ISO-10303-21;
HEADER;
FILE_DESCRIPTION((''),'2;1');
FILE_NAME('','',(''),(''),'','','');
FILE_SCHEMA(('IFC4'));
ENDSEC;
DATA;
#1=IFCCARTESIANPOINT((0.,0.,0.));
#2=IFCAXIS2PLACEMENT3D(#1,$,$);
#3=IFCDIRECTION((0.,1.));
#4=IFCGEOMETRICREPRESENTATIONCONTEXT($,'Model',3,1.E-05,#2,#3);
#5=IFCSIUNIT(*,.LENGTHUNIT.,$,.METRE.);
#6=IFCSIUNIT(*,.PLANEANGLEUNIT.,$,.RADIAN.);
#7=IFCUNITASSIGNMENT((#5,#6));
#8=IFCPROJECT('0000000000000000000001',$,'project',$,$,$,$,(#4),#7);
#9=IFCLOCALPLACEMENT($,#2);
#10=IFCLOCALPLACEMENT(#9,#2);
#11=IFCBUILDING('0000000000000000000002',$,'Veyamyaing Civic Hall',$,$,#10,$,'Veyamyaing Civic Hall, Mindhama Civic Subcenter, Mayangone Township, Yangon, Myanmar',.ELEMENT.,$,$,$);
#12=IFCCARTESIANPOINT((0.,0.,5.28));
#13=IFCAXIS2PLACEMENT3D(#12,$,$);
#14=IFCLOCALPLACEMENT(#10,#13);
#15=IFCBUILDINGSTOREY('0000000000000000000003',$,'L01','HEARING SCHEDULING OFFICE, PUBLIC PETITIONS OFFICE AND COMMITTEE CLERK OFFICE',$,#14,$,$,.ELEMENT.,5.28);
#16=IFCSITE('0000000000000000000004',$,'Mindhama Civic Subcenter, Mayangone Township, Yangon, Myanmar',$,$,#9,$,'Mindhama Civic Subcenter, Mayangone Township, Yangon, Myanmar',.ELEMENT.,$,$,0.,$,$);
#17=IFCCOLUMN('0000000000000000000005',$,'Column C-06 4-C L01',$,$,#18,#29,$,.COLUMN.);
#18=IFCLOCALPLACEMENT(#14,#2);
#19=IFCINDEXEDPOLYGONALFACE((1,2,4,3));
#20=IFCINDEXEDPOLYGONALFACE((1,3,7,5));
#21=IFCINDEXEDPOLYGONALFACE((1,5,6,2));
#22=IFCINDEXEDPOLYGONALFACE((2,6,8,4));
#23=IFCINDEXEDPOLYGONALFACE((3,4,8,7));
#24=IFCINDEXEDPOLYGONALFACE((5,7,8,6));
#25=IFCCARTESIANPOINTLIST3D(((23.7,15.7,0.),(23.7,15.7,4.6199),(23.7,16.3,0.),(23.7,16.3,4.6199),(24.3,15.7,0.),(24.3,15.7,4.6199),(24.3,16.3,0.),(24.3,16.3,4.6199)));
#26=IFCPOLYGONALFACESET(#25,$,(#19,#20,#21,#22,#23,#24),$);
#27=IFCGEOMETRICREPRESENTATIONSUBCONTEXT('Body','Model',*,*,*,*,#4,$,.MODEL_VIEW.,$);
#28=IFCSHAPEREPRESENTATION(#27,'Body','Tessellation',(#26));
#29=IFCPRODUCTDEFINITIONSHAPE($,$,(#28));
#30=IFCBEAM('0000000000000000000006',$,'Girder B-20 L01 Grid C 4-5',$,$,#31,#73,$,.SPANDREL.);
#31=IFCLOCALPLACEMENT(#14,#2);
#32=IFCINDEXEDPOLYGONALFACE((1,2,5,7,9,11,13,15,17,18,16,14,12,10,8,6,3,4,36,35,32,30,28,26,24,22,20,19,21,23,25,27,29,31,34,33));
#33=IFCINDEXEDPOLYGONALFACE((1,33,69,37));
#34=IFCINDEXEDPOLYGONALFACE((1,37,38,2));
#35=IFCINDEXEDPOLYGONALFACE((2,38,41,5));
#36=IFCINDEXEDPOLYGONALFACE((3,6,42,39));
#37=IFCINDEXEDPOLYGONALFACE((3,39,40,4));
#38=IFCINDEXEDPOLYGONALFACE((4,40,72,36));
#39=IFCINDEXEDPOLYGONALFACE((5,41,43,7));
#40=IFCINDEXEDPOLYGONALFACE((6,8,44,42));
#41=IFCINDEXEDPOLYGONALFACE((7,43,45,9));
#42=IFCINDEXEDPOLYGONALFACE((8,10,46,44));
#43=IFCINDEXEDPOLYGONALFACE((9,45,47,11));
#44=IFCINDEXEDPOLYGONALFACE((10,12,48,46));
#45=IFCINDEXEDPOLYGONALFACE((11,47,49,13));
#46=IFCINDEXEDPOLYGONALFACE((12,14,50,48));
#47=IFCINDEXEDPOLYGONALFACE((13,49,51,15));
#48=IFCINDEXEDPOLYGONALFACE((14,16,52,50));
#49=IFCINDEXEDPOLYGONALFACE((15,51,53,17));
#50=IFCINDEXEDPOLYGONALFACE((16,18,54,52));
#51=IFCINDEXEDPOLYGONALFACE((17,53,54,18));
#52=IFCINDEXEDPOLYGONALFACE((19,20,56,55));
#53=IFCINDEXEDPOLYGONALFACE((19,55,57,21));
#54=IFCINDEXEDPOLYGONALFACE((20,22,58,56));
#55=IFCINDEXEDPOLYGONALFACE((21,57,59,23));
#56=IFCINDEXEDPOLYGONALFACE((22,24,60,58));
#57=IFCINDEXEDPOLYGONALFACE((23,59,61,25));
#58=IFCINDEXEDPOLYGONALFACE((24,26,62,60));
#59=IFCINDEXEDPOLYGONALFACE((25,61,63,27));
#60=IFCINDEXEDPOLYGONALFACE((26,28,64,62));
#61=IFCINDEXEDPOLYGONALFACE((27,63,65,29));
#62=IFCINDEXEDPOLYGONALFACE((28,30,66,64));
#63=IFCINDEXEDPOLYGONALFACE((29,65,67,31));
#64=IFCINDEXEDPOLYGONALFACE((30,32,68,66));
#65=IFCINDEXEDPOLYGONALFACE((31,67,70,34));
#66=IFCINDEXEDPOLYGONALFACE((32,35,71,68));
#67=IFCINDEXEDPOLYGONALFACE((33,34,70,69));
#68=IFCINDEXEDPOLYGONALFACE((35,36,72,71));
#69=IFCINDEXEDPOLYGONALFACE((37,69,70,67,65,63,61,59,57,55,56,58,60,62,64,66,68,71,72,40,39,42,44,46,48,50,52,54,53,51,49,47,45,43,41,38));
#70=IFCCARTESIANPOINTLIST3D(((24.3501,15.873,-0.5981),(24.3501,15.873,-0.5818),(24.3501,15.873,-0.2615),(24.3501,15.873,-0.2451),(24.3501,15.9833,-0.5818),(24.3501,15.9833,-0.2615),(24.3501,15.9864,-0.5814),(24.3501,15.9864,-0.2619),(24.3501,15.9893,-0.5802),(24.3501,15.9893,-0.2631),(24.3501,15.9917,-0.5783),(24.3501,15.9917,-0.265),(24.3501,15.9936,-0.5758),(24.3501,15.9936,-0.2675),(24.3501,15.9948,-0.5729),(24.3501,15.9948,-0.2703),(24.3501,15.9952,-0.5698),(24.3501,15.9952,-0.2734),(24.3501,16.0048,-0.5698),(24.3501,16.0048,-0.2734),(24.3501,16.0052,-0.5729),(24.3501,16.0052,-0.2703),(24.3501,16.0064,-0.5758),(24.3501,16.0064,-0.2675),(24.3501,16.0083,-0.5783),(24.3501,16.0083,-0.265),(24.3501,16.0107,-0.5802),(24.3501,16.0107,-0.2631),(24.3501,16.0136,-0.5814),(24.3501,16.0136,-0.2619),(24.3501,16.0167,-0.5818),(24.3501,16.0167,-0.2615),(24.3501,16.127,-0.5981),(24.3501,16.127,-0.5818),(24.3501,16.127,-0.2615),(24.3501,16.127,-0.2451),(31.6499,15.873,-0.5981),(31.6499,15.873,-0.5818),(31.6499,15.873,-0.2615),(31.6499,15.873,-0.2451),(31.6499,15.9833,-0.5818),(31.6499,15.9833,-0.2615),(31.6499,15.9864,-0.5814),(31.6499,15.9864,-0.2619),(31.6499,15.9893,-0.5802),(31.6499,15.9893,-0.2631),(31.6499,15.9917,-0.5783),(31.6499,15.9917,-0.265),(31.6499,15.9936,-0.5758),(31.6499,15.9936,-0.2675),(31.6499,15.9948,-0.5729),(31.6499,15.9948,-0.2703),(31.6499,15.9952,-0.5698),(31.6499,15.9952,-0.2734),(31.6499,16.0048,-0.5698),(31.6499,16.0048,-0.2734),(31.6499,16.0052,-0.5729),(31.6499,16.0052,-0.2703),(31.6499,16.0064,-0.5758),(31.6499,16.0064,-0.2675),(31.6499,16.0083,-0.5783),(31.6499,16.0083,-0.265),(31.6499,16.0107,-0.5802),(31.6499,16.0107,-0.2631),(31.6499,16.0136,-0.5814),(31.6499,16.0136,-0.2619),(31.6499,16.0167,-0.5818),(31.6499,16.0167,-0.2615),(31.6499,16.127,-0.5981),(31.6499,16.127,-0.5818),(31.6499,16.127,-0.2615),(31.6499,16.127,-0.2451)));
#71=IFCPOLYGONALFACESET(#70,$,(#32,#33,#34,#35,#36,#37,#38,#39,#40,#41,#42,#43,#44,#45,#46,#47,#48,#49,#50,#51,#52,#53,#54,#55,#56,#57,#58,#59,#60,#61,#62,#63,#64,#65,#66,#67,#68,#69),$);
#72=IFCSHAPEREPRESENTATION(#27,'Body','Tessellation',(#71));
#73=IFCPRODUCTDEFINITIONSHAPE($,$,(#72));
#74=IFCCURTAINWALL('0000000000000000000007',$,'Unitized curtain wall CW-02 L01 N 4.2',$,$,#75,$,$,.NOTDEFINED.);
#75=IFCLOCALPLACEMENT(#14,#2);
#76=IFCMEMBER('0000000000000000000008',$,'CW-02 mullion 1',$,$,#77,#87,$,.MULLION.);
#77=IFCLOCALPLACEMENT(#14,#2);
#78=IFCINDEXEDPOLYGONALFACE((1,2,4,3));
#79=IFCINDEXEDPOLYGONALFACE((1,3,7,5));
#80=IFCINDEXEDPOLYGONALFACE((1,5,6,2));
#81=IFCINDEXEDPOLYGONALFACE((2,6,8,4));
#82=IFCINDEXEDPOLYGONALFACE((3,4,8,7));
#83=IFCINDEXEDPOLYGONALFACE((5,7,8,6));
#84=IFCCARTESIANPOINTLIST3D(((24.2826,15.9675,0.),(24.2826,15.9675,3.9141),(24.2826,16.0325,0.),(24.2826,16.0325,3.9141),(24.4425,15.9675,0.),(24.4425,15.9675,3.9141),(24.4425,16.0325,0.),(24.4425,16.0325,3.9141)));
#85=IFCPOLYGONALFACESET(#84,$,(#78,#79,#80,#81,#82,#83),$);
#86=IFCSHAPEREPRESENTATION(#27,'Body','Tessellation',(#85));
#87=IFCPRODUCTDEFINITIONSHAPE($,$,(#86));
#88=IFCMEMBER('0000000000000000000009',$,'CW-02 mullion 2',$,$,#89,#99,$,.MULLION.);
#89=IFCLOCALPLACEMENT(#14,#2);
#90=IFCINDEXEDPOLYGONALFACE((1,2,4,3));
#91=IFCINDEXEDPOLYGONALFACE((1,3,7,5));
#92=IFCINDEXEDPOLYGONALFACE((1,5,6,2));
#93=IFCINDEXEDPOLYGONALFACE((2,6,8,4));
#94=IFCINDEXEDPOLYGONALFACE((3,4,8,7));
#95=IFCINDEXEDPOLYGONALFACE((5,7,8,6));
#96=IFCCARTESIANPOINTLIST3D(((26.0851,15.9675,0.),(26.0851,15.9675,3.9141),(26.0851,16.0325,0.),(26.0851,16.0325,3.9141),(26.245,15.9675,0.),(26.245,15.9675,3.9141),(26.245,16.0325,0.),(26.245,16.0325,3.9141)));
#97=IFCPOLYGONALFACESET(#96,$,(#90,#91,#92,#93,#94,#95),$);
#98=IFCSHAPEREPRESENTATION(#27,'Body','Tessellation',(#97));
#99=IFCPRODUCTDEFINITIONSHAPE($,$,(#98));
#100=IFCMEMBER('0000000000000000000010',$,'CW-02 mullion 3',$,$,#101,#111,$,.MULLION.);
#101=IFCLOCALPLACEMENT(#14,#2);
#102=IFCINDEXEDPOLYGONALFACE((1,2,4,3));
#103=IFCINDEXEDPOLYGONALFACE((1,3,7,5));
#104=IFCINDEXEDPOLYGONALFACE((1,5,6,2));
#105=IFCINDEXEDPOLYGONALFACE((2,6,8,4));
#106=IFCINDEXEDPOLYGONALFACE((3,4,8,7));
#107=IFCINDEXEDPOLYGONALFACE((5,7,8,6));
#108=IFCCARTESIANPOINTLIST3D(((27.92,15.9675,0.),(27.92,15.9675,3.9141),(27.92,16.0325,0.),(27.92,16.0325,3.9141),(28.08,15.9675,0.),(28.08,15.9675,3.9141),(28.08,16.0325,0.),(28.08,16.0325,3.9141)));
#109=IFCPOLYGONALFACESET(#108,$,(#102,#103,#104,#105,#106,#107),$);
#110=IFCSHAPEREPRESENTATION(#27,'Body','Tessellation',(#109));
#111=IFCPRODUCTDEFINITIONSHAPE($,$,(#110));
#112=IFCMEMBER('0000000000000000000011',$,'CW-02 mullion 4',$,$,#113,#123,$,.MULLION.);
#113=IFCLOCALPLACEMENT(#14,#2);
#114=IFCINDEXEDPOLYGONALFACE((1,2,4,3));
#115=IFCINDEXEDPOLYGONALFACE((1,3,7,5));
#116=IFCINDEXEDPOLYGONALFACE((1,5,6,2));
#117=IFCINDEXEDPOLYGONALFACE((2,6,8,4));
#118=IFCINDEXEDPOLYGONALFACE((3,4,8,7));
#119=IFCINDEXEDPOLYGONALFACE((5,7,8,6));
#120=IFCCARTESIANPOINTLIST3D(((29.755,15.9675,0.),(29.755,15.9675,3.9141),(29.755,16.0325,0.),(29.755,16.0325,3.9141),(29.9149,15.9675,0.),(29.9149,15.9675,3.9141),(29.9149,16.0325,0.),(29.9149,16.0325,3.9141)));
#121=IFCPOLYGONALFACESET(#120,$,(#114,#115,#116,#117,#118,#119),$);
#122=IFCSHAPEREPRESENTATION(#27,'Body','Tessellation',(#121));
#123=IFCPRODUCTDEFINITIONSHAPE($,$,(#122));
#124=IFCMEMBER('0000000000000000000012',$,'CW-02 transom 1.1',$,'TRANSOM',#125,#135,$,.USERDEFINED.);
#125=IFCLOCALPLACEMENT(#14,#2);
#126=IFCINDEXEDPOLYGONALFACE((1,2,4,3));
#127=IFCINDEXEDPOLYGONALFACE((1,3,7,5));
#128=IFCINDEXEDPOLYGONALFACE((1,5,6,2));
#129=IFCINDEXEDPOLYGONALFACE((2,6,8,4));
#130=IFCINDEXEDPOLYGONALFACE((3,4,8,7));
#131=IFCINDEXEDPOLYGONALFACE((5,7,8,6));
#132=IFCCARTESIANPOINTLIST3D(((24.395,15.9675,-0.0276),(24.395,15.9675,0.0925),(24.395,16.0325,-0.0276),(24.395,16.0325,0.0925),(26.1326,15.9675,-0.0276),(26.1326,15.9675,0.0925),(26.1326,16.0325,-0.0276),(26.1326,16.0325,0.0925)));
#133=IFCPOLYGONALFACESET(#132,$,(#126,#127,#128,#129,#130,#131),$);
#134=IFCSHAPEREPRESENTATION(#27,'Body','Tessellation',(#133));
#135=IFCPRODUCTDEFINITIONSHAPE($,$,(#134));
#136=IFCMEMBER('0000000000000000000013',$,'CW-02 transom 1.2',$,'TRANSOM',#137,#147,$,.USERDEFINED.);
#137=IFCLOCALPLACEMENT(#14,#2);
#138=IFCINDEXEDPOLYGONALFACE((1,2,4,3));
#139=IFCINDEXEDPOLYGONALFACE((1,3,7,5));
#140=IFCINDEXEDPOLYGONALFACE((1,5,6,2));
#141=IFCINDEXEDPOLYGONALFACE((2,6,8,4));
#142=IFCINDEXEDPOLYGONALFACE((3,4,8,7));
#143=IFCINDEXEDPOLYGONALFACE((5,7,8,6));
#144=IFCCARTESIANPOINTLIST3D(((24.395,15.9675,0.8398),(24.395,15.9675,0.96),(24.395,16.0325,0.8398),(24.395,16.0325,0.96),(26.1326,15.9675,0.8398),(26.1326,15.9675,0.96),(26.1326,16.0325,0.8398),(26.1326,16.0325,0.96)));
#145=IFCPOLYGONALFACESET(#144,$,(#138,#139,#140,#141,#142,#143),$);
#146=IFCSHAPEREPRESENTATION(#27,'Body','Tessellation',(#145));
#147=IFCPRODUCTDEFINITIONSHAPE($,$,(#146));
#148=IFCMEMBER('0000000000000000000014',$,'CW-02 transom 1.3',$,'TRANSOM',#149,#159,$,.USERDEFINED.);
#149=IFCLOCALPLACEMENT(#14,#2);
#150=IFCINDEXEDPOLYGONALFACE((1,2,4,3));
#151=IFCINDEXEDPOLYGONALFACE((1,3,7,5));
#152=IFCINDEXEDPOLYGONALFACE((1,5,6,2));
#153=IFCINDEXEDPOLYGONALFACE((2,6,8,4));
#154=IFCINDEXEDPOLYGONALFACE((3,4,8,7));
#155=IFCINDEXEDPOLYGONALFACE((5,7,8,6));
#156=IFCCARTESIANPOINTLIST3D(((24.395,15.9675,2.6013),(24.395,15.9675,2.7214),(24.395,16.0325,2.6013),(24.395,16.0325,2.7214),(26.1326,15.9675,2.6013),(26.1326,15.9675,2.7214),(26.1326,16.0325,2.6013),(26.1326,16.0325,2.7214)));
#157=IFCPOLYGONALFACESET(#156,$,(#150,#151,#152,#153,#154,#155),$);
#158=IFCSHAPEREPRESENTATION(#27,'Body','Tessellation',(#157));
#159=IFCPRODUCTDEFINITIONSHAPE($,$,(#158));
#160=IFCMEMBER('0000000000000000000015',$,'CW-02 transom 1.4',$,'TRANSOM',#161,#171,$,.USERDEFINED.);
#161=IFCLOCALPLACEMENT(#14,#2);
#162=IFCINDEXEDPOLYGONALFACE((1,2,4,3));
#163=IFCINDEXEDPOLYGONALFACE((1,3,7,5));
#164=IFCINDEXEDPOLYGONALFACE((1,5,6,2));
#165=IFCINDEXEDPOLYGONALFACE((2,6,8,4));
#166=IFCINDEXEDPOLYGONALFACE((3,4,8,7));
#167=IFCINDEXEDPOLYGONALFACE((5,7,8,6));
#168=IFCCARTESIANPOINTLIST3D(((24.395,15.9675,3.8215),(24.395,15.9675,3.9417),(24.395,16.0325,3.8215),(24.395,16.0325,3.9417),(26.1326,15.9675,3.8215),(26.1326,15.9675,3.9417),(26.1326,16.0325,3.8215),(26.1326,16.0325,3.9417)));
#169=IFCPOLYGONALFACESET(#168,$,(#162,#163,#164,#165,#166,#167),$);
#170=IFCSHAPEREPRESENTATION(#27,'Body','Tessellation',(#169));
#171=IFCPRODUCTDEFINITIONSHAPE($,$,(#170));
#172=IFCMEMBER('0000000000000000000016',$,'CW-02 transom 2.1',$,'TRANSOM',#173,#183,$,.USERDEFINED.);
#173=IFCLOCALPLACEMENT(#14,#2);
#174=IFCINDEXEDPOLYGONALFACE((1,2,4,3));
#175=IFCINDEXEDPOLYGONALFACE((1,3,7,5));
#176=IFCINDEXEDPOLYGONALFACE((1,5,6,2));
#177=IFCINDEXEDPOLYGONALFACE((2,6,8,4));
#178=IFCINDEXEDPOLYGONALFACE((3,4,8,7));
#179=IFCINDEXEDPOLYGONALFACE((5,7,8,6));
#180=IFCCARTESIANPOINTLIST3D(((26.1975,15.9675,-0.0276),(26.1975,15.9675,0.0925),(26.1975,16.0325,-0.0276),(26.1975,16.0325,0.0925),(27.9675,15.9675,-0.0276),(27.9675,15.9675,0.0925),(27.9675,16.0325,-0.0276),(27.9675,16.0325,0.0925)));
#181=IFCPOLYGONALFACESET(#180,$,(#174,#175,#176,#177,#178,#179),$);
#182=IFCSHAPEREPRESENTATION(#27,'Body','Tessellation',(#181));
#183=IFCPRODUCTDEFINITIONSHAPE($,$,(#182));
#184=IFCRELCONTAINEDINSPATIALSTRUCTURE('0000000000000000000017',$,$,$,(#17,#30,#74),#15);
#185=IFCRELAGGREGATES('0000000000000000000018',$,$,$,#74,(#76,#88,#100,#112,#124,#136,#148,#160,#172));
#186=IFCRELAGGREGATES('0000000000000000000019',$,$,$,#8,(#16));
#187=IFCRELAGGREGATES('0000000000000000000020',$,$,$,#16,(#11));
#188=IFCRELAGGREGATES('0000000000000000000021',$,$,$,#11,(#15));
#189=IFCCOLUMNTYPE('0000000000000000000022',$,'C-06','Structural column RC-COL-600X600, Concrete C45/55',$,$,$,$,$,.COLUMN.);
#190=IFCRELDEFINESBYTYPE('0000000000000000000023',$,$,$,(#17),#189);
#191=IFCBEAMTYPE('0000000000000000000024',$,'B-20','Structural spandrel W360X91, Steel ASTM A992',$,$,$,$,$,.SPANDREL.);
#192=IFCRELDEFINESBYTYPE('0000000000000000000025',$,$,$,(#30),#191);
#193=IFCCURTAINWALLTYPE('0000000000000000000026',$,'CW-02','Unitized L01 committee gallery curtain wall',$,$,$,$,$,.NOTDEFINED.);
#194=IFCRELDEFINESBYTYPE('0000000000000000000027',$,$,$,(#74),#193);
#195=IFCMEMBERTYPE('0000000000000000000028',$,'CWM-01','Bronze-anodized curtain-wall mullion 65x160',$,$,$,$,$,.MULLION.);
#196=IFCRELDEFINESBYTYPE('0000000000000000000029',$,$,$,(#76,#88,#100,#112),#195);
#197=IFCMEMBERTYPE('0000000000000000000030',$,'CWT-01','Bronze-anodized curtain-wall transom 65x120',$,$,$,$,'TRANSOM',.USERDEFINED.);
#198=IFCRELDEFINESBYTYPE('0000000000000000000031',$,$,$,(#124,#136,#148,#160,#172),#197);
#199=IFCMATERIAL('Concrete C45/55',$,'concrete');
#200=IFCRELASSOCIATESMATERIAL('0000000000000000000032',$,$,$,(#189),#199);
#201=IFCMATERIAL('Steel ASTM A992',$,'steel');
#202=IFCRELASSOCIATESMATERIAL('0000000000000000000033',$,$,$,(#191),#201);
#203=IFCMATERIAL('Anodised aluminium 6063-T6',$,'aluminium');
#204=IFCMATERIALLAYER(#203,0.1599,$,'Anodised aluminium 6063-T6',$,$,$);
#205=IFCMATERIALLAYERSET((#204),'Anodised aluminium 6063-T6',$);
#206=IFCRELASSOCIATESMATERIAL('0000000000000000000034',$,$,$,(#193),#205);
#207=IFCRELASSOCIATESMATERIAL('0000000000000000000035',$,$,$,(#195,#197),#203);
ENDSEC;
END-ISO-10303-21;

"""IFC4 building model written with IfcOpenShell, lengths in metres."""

from ifc_helpers import new_model, si_unit, direction, frame, origin, origin_2d, place, context, subcontext, project, spatial, rectangle, i_section, extrude, material, layer, layer_set, material_profile, profile_set, type_object, element, aggregate, save


model = new_model("IFC4")

# Units and contexts
model_context = context("Model", 3, precision=1e-05, world=origin(), true_north=direction((0.0, 1.0)))
body_context = subcontext(model_context, "Body", "Model", "MODEL_VIEW")
ifc_project = project(units=[si_unit("LENGTHUNIT", "METRE"), si_unit("PLANEANGLEUNIT", "RADIAN")], contexts=[model_context])

# Site, building, storey
site_placement = place(None, origin())
site = spatial("IfcSite", under=ifc_project, at=site_placement, Name="Mindhama Civic Subcenter, Mayangone Township, Yangon, Myanmar", LongName="Mindhama Civic Subcenter, Mayangone Township, Yangon, Myanmar", CompositionType="ELEMENT", RefElevation=0.0)
building_placement = place(site_placement, origin())
building = spatial("IfcBuilding", under=site, at=building_placement, Name="Veyamyaing Civic Hall", LongName="Veyamyaing Civic Hall, Mindhama Civic Subcenter, Mayangone Township, Yangon, Myanmar", CompositionType="ELEMENT")
storey_placement = place(building_placement, frame((0.0, 0.0, 5.28)))
storey = spatial("IfcBuildingStorey", under=building, at=storey_placement, Name="L01", Description="HEARING SCHEDULING OFFICE, PUBLIC PETITIONS OFFICE AND COMMITTEE CLERK OFFICE", CompositionType="ELEMENT", Elevation=5.28)

# Column
ifc_material_1 = material(Name="Concrete C45/55", Category="concrete")
ifc_material_profile_1 = material_profile(ifc_material_1, rectangle(XDim=0.6001, YDim=0.6001, at=origin_2d()), Name="RC-COL-600X600")
ifc_profile_set_1 = profile_set([ifc_material_profile_1], Name="Concrete C45/55")
column_type = type_object("IfcColumnType", Name="C-06", Description="Structural column RC-COL-600X600, Concrete C45/55", PredefinedType="COLUMN", material=ifc_profile_set_1)
column_placement = place(storey_placement, frame((24.0, 16.0, 0.0), z_axis=(0.0, 0.0, 1.0), x_axis=(1.0, 0.0, 0.0)))
element("IfcColumn", 1, at=column_placement, inside=storey, type_object=column_type, Name="Column C-06 4-C L01", PredefinedType="COLUMN", context=body_context, shape_type="SweptSolid", body=[
    extrude(rectangle(XDim=0.6001, YDim=0.6001, at=origin_2d()), origin(), (0.0, 0.0, 1.0), 4.6199),
])

# Beam
ifc_material_2 = material(Name="Steel ASTM A992", Category="steel")
ifc_material_profile_2 = material_profile(ifc_material_2, i_section(OverallWidth=0.2539, OverallDepth=0.353, WebThickness=0.0095, FlangeThickness=0.0164, FilletRadius=0.012, at=origin_2d()), Name="W360X91")
ifc_profile_set_2 = profile_set([ifc_material_profile_2], Name="Steel ASTM A992")
beam_type = type_object("IfcBeamType", Name="B-20", Description="Structural spandrel W360X91, Steel ASTM A992", PredefinedType="SPANDREL", material=ifc_profile_set_2)
beam_placement = place(storey_placement, frame((24.3501, 16.0, -0.4216), z_axis=(1.0, 0.0, 0.0), x_axis=(0.0, 1.0, 0.0)))
element("IfcBeam", 2, at=beam_placement, inside=storey, type_object=beam_type, Name="Girder B-20 L01 Grid C 4-5", PredefinedType="SPANDREL", context=body_context, shape_type="SweptSolid", body=[
    extrude(i_section(OverallWidth=0.2539, OverallDepth=0.353, WebThickness=0.0095, FlangeThickness=0.0164, FilletRadius=0.012, at=origin_2d()), origin(), (0.0, 0.0, 1.0), 7.2998),
])

# Curtain wall, members
ifc_material_3 = material(Name="Anodised aluminium 6063-T6", Category="aluminium")
ifc_layer_1 = layer(ifc_material_3, 0.1599, Name="Anodised aluminium 6063-T6")
ifc_layer_set_1 = layer_set([ifc_layer_1], Name="Anodised aluminium 6063-T6")
curtain_wall_type = type_object("IfcCurtainWallType", Name="CW-02", Description="Unitized L01 committee gallery curtain wall", PredefinedType="NOTDEFINED", material=ifc_layer_set_1)
curtain_wall_placement = place(storey_placement, origin())
curtain_wall = element("IfcCurtainWall", 3, at=curtain_wall_placement, inside=storey, type_object=curtain_wall_type, Name="Unitized curtain wall CW-02 L01 N 4.2", PredefinedType="NOTDEFINED")
ifc_material_profile_3 = material_profile(ifc_material_3, rectangle(XDim=0.0649, YDim=0.1599, at=origin_2d()), Name="ALU-MUL-65X160")
ifc_profile_set_3 = profile_set([ifc_material_profile_3], Name="Anodised aluminium 6063-T6")
member_type_1 = type_object("IfcMemberType", Name="CWM-01", Description="Bronze-anodized curtain-wall mullion 65x160", PredefinedType="MULLION", material=ifc_profile_set_3)
member_1_placement = place(storey_placement, frame((24.3625, 16.0, 0.0), z_axis=(0.0, 0.0, 1.0), x_axis=(0.0, 1.0, 0.0)))
member_1 = element("IfcMember", 4, at=member_1_placement, type_object=member_type_1, Name="CW-02 mullion 1", PredefinedType="MULLION", context=body_context, shape_type="SweptSolid", body=[
    extrude(rectangle(XDim=0.0649, YDim=0.1599, at=origin_2d()), origin(), (0.0, 0.0, 1.0), 3.9141),
])
member_2_placement = place(storey_placement, frame((26.165, 16.0, 0.0), z_axis=(0.0, 0.0, 1.0), x_axis=(0.0, 1.0, 0.0)))
member_2 = element("IfcMember", 5, at=member_2_placement, type_object=member_type_1, Name="CW-02 mullion 2", PredefinedType="MULLION", context=body_context, shape_type="SweptSolid", body=[
    extrude(rectangle(XDim=0.0649, YDim=0.1599, at=origin_2d()), origin(), (0.0, 0.0, 1.0), 3.9141),
])
member_3_placement = place(storey_placement, frame((28.0, 16.0, 0.0), z_axis=(0.0, 0.0, 1.0), x_axis=(0.0, 1.0, 0.0)))
member_3 = element("IfcMember", 6, at=member_3_placement, type_object=member_type_1, Name="CW-02 mullion 3", PredefinedType="MULLION", context=body_context, shape_type="SweptSolid", body=[
    extrude(rectangle(XDim=0.0649, YDim=0.1599, at=origin_2d()), origin(), (0.0, 0.0, 1.0), 3.9141),
])
member_4_placement = place(storey_placement, frame((29.835, 16.0, 0.0), z_axis=(0.0, 0.0, 1.0), x_axis=(0.0, 1.0, 0.0)))
member_4 = element("IfcMember", 7, at=member_4_placement, type_object=member_type_1, Name="CW-02 mullion 4", PredefinedType="MULLION", context=body_context, shape_type="SweptSolid", body=[
    extrude(rectangle(XDim=0.0649, YDim=0.1599, at=origin_2d()), origin(), (0.0, 0.0, 1.0), 3.9141),
])
ifc_material_profile_4 = material_profile(ifc_material_3, rectangle(XDim=0.0649, YDim=0.1201, at=origin_2d()), Name="ALU-TRN-65X120")
ifc_profile_set_4 = profile_set([ifc_material_profile_4], Name="Anodised aluminium 6063-T6")
member_type_2 = type_object("IfcMemberType", Name="CWT-01", Description="Bronze-anodized curtain-wall transom 65x120", ElementType="TRANSOM", PredefinedType="USERDEFINED", material=ifc_profile_set_4)
member_5_placement = place(storey_placement, frame((24.395, 16.0, 0.0325), z_axis=(1.0, 0.0, 0.0), x_axis=(0.0, 1.0, 0.0)))
member_5 = element("IfcMember", 8, at=member_5_placement, type_object=member_type_2, Name="CW-02 transom 1.1", ObjectType="TRANSOM", PredefinedType="USERDEFINED", context=body_context, shape_type="SweptSolid", body=[
    extrude(rectangle(XDim=0.0649, YDim=0.1201, at=origin_2d()), origin(), (0.0, 0.0, 1.0), 1.7375),
])
member_6_placement = place(storey_placement, frame((24.395, 16.0, 0.8999), z_axis=(1.0, 0.0, 0.0), x_axis=(0.0, 1.0, 0.0)))
member_6 = element("IfcMember", 9, at=member_6_placement, type_object=member_type_2, Name="CW-02 transom 1.2", ObjectType="TRANSOM", PredefinedType="USERDEFINED", context=body_context, shape_type="SweptSolid", body=[
    extrude(rectangle(XDim=0.0649, YDim=0.1201, at=origin_2d()), origin(), (0.0, 0.0, 1.0), 1.7375),
])
member_7_placement = place(storey_placement, frame((24.395, 16.0, 2.6614), z_axis=(1.0, 0.0, 0.0), x_axis=(0.0, 1.0, 0.0)))
member_7 = element("IfcMember", 10, at=member_7_placement, type_object=member_type_2, Name="CW-02 transom 1.3", ObjectType="TRANSOM", PredefinedType="USERDEFINED", context=body_context, shape_type="SweptSolid", body=[
    extrude(rectangle(XDim=0.0649, YDim=0.1201, at=origin_2d()), origin(), (0.0, 0.0, 1.0), 1.7375),
])
member_8_placement = place(storey_placement, frame((24.395, 16.0, 3.8816), z_axis=(1.0, 0.0, 0.0), x_axis=(0.0, 1.0, 0.0)))
member_8 = element("IfcMember", 11, at=member_8_placement, type_object=member_type_2, Name="CW-02 transom 1.4", ObjectType="TRANSOM", PredefinedType="USERDEFINED", context=body_context, shape_type="SweptSolid", body=[
    extrude(rectangle(XDim=0.0649, YDim=0.1201, at=origin_2d()), origin(), (0.0, 0.0, 1.0), 1.7375),
])
member_9_placement = place(storey_placement, frame((26.1975, 16.0, 0.0325), z_axis=(1.0, 0.0, 0.0), x_axis=(0.0, 1.0, 0.0)))
member_9 = element("IfcMember", 12, at=member_9_placement, type_object=member_type_2, Name="CW-02 transom 2.1", ObjectType="TRANSOM", PredefinedType="USERDEFINED", context=body_context, shape_type="SweptSolid", body=[
    extrude(rectangle(XDim=0.0649, YDim=0.1201, at=origin_2d()), origin(), (0.0, 0.0, 1.0), 1.77),
])
aggregate(curtain_wall, [member_1, member_2, member_3, member_4, member_5, member_6, member_7, member_8, member_9])

save(model, "model.ifc")
